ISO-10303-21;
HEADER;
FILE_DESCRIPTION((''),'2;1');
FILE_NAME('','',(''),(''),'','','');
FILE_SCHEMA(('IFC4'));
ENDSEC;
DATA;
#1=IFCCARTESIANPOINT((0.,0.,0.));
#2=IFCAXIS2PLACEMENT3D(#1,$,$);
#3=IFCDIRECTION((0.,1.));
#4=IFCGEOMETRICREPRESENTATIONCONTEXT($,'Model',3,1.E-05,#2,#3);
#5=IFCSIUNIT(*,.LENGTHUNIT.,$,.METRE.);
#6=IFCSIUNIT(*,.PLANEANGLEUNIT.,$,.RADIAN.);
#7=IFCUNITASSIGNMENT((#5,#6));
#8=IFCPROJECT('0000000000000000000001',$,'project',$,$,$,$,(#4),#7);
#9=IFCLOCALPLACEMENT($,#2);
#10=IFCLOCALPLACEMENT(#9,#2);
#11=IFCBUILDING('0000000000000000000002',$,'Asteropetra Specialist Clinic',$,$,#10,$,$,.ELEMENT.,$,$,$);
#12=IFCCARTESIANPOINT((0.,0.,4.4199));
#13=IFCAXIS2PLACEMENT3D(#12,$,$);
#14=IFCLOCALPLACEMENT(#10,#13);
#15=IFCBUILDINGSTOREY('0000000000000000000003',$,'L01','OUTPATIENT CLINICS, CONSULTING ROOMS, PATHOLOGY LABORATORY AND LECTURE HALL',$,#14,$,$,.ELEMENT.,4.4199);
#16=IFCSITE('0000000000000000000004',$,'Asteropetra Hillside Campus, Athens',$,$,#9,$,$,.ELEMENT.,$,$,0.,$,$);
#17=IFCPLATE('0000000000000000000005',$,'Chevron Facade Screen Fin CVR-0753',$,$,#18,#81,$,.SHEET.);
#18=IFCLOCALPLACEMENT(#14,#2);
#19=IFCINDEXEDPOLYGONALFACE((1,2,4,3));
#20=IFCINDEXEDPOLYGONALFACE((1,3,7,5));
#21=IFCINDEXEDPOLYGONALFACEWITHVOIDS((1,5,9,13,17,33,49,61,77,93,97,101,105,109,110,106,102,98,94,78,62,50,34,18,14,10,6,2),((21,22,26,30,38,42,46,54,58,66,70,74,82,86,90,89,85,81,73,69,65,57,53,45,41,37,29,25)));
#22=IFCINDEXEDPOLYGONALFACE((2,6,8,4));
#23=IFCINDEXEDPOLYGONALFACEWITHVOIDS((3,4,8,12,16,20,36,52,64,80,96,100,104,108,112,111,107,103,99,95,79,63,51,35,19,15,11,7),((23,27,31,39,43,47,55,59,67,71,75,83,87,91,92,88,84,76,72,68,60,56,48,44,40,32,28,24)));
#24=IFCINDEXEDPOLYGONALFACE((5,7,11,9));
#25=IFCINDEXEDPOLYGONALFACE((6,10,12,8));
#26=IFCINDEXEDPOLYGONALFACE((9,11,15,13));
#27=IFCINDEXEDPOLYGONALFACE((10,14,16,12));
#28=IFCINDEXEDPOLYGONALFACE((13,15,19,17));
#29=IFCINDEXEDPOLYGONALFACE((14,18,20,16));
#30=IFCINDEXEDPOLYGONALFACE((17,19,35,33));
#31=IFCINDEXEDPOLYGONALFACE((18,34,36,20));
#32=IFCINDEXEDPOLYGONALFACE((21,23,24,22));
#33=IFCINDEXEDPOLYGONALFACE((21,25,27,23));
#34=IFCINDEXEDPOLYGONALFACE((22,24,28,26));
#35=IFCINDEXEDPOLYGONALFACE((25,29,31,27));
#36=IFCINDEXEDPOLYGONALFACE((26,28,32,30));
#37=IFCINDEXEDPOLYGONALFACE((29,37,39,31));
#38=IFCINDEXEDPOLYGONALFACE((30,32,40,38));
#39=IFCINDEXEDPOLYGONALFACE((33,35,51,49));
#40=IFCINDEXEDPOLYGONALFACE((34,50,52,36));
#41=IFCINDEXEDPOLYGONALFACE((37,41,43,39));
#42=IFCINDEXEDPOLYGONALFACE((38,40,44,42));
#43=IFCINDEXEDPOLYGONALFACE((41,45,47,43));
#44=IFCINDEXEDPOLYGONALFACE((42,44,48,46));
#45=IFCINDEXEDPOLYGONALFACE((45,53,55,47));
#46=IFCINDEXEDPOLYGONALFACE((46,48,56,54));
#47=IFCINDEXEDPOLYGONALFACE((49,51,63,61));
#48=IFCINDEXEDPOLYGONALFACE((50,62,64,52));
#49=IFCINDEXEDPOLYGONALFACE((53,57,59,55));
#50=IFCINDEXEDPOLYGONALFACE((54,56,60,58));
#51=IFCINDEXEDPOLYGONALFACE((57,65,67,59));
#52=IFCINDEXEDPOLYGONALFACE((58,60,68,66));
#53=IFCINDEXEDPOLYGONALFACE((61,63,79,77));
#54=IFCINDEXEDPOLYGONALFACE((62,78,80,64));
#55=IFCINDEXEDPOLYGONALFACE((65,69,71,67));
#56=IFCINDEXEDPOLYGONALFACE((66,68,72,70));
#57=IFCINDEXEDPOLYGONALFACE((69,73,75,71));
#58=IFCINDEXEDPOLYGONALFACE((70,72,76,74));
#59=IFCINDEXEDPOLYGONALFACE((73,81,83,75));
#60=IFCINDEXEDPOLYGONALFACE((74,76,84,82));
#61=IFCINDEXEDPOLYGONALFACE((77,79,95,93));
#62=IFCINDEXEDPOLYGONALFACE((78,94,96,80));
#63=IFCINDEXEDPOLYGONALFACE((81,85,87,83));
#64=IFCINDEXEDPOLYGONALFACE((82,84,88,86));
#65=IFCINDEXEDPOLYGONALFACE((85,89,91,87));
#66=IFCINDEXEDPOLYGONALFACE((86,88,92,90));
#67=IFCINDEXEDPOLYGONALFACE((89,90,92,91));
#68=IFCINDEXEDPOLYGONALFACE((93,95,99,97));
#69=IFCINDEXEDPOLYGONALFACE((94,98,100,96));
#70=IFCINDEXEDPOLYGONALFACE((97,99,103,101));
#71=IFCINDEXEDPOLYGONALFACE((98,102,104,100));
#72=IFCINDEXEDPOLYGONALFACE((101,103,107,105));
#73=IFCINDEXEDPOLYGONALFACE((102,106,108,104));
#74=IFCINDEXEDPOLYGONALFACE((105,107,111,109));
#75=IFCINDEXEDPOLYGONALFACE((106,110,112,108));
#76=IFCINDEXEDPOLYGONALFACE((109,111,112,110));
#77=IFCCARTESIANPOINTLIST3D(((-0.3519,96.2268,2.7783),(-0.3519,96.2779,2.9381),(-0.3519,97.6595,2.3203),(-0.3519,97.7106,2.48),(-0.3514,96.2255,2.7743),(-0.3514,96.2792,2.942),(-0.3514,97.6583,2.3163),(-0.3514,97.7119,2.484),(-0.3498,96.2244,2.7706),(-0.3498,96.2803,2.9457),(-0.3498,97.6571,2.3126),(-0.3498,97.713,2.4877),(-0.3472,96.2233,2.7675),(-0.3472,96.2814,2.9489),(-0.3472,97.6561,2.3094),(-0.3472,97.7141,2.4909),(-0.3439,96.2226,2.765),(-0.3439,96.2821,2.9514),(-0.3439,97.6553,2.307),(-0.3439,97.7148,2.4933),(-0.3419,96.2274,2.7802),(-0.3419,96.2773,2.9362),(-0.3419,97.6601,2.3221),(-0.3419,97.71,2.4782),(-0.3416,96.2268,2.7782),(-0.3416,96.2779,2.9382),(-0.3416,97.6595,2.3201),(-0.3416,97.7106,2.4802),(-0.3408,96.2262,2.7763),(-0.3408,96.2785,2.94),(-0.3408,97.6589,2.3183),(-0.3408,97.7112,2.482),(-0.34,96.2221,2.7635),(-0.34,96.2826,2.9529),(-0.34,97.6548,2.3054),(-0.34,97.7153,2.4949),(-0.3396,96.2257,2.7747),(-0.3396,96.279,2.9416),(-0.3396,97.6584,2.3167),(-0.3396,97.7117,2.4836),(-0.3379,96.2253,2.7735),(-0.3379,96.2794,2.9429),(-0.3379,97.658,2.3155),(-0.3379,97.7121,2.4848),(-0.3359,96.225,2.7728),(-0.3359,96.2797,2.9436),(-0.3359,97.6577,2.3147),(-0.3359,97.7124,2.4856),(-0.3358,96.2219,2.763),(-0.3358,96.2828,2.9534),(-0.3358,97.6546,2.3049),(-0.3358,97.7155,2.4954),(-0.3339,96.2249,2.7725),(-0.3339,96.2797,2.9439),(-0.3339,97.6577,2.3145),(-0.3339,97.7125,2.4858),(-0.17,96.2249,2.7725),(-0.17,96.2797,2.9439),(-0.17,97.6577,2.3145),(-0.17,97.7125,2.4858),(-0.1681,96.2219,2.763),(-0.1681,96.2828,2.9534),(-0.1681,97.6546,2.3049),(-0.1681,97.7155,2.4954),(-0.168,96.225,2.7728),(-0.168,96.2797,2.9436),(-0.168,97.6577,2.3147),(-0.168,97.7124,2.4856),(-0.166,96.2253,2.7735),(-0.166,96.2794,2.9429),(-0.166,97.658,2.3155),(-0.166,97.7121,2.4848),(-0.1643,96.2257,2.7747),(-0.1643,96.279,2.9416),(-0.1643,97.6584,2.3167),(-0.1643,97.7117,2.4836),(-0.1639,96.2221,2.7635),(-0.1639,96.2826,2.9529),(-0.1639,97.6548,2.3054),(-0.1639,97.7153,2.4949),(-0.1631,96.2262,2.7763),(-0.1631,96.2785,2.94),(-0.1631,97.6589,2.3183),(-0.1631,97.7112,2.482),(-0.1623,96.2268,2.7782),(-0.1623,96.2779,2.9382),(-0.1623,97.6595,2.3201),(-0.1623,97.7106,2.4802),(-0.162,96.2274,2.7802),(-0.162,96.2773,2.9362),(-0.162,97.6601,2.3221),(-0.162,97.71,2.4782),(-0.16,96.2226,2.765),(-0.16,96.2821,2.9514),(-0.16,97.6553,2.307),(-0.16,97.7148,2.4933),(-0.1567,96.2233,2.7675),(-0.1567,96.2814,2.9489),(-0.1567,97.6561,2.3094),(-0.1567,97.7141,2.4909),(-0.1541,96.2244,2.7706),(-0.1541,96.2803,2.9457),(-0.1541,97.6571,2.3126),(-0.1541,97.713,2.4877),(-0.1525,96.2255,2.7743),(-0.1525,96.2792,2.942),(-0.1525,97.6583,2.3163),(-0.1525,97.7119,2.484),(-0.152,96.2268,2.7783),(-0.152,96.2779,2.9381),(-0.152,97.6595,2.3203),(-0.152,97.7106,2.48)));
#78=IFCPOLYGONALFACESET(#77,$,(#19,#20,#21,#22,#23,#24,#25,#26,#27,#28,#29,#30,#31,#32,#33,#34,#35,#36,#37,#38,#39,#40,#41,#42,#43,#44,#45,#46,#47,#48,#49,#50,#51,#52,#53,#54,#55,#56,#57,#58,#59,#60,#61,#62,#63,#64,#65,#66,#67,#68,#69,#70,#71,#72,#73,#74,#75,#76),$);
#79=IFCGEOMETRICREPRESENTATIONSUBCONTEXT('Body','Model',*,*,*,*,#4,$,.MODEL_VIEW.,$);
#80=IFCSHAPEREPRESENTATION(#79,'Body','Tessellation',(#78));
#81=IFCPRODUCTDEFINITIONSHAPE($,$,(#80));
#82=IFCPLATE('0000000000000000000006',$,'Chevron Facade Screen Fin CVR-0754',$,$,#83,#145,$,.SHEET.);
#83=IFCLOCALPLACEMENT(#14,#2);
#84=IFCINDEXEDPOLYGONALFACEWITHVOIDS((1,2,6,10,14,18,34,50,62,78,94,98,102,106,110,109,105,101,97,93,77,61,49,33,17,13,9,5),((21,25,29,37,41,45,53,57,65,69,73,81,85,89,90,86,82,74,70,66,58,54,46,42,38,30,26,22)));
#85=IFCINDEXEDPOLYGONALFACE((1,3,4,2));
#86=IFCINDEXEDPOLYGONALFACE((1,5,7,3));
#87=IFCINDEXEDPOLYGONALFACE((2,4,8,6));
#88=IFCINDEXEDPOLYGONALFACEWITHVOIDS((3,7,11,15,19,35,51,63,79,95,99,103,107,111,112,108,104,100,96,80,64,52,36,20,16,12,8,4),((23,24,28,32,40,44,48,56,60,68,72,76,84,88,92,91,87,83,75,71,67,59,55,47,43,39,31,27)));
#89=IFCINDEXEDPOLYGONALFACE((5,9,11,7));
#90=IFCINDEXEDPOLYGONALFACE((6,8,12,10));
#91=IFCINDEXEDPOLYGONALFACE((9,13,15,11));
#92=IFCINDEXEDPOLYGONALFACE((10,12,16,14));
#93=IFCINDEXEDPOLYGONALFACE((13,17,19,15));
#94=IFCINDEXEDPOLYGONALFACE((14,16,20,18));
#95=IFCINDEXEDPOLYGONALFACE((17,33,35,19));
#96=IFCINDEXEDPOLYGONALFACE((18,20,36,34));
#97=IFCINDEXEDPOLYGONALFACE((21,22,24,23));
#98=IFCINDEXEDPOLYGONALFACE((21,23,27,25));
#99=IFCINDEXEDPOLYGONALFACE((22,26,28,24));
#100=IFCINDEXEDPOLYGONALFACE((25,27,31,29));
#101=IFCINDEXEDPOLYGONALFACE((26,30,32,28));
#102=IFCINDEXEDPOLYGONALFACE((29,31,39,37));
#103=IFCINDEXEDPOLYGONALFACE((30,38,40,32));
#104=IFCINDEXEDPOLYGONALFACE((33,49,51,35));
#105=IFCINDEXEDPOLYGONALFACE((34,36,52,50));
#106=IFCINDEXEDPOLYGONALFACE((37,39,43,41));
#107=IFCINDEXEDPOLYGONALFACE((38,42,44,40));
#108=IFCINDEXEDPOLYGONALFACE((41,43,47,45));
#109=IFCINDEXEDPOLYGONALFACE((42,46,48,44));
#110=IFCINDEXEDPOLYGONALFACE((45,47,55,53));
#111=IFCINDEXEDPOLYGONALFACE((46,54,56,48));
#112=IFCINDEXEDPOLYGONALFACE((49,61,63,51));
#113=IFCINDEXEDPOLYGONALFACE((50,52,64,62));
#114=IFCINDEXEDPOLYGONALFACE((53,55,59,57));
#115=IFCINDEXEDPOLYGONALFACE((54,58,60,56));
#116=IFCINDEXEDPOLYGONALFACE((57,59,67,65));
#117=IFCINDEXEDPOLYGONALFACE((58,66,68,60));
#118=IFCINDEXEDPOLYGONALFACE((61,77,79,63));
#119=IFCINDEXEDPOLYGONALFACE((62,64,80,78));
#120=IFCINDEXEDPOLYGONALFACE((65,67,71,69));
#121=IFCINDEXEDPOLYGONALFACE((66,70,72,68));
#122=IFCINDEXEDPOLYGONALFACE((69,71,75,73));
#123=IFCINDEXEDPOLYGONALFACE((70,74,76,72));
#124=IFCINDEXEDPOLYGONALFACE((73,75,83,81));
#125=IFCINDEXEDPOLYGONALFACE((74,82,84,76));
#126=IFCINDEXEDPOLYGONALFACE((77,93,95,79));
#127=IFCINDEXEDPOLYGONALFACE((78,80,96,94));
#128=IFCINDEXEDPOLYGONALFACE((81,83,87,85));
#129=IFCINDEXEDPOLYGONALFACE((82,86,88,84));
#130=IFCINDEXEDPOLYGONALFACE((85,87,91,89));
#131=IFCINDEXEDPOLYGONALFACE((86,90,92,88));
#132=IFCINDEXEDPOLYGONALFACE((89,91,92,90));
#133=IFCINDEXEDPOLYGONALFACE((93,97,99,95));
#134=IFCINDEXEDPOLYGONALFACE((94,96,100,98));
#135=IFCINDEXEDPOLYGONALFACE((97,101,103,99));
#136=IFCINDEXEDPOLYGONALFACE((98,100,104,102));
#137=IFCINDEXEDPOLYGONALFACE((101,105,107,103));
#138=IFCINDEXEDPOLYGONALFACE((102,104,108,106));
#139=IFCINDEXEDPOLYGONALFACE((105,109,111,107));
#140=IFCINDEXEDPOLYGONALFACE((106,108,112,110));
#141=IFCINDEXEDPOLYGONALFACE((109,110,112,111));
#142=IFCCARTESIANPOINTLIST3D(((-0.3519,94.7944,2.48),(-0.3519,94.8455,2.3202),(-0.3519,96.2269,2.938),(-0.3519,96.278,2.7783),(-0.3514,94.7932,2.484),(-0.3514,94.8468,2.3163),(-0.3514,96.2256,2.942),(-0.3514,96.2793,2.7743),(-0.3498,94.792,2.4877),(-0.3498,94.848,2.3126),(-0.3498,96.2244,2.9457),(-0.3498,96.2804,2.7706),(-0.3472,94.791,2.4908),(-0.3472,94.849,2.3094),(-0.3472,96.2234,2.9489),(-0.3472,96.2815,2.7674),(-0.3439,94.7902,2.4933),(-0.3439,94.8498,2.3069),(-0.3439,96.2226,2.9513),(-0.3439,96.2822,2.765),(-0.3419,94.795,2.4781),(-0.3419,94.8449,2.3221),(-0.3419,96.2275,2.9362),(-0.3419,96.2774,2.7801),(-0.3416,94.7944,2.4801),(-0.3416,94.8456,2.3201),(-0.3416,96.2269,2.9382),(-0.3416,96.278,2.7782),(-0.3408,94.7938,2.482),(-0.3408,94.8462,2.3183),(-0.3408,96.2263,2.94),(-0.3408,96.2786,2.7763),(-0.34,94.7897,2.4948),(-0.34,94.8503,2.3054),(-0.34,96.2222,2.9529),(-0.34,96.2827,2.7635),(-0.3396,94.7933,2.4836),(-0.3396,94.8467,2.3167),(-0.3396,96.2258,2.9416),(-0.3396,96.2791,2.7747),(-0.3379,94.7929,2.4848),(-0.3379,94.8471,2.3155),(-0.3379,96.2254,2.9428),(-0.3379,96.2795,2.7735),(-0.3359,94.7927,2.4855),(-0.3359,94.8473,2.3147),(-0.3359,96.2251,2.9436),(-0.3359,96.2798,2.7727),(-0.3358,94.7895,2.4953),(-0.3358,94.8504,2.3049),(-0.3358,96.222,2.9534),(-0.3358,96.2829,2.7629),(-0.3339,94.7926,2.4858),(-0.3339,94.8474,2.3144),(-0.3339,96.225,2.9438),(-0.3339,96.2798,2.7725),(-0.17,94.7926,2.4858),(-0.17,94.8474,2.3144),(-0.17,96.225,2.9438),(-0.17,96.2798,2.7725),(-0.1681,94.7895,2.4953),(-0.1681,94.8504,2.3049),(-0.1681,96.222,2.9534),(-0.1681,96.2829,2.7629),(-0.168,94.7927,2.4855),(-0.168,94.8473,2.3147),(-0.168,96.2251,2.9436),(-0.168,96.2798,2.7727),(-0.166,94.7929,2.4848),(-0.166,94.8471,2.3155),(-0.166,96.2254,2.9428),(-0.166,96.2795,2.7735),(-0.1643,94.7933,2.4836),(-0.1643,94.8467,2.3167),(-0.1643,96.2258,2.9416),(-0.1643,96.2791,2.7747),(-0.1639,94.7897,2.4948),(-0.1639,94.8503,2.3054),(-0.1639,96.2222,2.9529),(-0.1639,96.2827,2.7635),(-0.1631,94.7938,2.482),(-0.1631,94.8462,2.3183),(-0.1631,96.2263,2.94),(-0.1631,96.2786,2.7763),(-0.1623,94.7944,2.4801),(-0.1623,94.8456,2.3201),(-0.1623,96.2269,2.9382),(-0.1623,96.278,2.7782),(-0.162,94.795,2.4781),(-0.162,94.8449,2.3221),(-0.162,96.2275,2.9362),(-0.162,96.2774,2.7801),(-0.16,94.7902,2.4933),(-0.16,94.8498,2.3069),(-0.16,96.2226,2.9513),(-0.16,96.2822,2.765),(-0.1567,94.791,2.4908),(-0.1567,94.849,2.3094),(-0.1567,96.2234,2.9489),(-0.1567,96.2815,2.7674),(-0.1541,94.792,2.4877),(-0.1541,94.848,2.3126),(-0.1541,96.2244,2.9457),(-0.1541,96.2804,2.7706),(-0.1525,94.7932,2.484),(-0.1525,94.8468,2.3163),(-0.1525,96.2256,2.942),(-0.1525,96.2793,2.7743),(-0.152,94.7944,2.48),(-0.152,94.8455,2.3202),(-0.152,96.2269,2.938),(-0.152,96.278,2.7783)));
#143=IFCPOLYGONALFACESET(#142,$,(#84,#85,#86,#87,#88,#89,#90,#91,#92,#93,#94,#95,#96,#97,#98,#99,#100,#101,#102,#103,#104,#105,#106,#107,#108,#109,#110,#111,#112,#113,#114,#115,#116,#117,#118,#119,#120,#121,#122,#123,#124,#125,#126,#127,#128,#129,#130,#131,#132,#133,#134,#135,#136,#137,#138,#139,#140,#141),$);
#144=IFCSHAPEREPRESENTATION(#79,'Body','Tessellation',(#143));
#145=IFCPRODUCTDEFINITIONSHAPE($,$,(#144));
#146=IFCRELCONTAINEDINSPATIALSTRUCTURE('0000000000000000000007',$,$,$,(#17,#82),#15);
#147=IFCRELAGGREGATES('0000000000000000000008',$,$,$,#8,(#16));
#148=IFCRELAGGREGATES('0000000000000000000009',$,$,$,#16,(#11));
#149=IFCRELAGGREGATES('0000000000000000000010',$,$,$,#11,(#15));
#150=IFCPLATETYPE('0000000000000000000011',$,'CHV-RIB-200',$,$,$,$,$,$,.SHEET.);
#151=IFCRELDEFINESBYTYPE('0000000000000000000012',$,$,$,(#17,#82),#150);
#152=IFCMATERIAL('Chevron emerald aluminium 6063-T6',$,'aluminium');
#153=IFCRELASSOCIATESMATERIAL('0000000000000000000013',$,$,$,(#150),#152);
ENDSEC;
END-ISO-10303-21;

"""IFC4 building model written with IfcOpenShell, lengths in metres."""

from ifc_helpers import new_model, si_unit, direction, frame, origin, origin_2d, place, context, subcontext, project, spatial, hollow_rectangle, extrude, material, material_profile, profile_set, type_object, element, save


model = new_model("IFC4")

# Units and contexts
model_context = context("Model", 3, precision=1e-05, world=origin(), true_north=direction((0.0, 1.0)))
body_context = subcontext(model_context, "Body", "Model", "MODEL_VIEW")
ifc_project = project(units=[si_unit("LENGTHUNIT", "METRE"), si_unit("PLANEANGLEUNIT", "RADIAN")], contexts=[model_context])

# Site, building, storey
site_placement = place(None, origin())
site = spatial("IfcSite", under=ifc_project, at=site_placement, Name="Asteropetra Hillside Campus, Athens", CompositionType="ELEMENT", RefElevation=0.0)
building_placement = place(site_placement, origin())
building = spatial("IfcBuilding", under=site, at=building_placement, Name="Asteropetra Specialist Clinic", CompositionType="ELEMENT")
storey_placement = place(building_placement, frame((0.0, 0.0, 4.4199)))
storey = spatial("IfcBuildingStorey", under=building, at=storey_placement, Name="L01", Description="OUTPATIENT CLINICS, CONSULTING ROOMS, PATHOLOGY LABORATORY AND LECTURE HALL", CompositionType="ELEMENT", Elevation=4.4199)

# Plates
ifc_material_1 = material(Name="Chevron emerald aluminium 6063-T6", Category="aluminium")
ifc_material_profile_1 = material_profile(ifc_material_1, hollow_rectangle(XDim=0.2, YDim=0.2, WallThickness=0.01, InnerFilletRadius=0.0081, OuterFilletRadius=0.0161, at=origin_2d()), Name="SHS 200x200x10.0")
ifc_profile_set_1 = profile_set([ifc_material_profile_1], Name="Chevron emerald aluminium 6063-T6")
plate_type_1 = type_object("IfcPlateType", Name="CHV-RIB-200", PredefinedType="SHEET", material=ifc_profile_set_1)
plate_1_placement = place(storey_placement, frame((-0.252, 97.6851, 2.4001), z_axis=(0.0, -0.952507, 0.304517), x_axis=(1.0, 0.0, 0.0)))
element("IfcPlate", 1, at=plate_1_placement, inside=storey, type_object=plate_type_1, Name="Chevron Facade Screen Fin CVR-0753", PredefinedType="SHEET", context=body_context, shape_type="SweptSolid", body=[
    extrude(hollow_rectangle(XDim=0.2, YDim=0.2, WallThickness=0.01, InnerFilletRadius=0.0081, OuterFilletRadius=0.0161, at=origin_2d()), origin(), (0.0, 0.0, 1.0), 1.5042),
])
plate_2_placement = place(storey_placement, frame((-0.252, 96.2524, 2.8582), z_axis=(0.0, -0.952492, -0.304564), x_axis=(1.0, 0.0, 0.0)))
element("IfcPlate", 2, at=plate_2_placement, inside=storey, type_object=plate_type_1, Name="Chevron Facade Screen Fin CVR-0754", PredefinedType="SHEET", context=body_context, shape_type="SweptSolid", body=[
    extrude(hollow_rectangle(XDim=0.2, YDim=0.2, WallThickness=0.01, InnerFilletRadius=0.0081, OuterFilletRadius=0.0161, at=origin_2d()), origin(), (0.0, 0.0, 1.0), 1.5039),
])

save(model, "model.ifc")
